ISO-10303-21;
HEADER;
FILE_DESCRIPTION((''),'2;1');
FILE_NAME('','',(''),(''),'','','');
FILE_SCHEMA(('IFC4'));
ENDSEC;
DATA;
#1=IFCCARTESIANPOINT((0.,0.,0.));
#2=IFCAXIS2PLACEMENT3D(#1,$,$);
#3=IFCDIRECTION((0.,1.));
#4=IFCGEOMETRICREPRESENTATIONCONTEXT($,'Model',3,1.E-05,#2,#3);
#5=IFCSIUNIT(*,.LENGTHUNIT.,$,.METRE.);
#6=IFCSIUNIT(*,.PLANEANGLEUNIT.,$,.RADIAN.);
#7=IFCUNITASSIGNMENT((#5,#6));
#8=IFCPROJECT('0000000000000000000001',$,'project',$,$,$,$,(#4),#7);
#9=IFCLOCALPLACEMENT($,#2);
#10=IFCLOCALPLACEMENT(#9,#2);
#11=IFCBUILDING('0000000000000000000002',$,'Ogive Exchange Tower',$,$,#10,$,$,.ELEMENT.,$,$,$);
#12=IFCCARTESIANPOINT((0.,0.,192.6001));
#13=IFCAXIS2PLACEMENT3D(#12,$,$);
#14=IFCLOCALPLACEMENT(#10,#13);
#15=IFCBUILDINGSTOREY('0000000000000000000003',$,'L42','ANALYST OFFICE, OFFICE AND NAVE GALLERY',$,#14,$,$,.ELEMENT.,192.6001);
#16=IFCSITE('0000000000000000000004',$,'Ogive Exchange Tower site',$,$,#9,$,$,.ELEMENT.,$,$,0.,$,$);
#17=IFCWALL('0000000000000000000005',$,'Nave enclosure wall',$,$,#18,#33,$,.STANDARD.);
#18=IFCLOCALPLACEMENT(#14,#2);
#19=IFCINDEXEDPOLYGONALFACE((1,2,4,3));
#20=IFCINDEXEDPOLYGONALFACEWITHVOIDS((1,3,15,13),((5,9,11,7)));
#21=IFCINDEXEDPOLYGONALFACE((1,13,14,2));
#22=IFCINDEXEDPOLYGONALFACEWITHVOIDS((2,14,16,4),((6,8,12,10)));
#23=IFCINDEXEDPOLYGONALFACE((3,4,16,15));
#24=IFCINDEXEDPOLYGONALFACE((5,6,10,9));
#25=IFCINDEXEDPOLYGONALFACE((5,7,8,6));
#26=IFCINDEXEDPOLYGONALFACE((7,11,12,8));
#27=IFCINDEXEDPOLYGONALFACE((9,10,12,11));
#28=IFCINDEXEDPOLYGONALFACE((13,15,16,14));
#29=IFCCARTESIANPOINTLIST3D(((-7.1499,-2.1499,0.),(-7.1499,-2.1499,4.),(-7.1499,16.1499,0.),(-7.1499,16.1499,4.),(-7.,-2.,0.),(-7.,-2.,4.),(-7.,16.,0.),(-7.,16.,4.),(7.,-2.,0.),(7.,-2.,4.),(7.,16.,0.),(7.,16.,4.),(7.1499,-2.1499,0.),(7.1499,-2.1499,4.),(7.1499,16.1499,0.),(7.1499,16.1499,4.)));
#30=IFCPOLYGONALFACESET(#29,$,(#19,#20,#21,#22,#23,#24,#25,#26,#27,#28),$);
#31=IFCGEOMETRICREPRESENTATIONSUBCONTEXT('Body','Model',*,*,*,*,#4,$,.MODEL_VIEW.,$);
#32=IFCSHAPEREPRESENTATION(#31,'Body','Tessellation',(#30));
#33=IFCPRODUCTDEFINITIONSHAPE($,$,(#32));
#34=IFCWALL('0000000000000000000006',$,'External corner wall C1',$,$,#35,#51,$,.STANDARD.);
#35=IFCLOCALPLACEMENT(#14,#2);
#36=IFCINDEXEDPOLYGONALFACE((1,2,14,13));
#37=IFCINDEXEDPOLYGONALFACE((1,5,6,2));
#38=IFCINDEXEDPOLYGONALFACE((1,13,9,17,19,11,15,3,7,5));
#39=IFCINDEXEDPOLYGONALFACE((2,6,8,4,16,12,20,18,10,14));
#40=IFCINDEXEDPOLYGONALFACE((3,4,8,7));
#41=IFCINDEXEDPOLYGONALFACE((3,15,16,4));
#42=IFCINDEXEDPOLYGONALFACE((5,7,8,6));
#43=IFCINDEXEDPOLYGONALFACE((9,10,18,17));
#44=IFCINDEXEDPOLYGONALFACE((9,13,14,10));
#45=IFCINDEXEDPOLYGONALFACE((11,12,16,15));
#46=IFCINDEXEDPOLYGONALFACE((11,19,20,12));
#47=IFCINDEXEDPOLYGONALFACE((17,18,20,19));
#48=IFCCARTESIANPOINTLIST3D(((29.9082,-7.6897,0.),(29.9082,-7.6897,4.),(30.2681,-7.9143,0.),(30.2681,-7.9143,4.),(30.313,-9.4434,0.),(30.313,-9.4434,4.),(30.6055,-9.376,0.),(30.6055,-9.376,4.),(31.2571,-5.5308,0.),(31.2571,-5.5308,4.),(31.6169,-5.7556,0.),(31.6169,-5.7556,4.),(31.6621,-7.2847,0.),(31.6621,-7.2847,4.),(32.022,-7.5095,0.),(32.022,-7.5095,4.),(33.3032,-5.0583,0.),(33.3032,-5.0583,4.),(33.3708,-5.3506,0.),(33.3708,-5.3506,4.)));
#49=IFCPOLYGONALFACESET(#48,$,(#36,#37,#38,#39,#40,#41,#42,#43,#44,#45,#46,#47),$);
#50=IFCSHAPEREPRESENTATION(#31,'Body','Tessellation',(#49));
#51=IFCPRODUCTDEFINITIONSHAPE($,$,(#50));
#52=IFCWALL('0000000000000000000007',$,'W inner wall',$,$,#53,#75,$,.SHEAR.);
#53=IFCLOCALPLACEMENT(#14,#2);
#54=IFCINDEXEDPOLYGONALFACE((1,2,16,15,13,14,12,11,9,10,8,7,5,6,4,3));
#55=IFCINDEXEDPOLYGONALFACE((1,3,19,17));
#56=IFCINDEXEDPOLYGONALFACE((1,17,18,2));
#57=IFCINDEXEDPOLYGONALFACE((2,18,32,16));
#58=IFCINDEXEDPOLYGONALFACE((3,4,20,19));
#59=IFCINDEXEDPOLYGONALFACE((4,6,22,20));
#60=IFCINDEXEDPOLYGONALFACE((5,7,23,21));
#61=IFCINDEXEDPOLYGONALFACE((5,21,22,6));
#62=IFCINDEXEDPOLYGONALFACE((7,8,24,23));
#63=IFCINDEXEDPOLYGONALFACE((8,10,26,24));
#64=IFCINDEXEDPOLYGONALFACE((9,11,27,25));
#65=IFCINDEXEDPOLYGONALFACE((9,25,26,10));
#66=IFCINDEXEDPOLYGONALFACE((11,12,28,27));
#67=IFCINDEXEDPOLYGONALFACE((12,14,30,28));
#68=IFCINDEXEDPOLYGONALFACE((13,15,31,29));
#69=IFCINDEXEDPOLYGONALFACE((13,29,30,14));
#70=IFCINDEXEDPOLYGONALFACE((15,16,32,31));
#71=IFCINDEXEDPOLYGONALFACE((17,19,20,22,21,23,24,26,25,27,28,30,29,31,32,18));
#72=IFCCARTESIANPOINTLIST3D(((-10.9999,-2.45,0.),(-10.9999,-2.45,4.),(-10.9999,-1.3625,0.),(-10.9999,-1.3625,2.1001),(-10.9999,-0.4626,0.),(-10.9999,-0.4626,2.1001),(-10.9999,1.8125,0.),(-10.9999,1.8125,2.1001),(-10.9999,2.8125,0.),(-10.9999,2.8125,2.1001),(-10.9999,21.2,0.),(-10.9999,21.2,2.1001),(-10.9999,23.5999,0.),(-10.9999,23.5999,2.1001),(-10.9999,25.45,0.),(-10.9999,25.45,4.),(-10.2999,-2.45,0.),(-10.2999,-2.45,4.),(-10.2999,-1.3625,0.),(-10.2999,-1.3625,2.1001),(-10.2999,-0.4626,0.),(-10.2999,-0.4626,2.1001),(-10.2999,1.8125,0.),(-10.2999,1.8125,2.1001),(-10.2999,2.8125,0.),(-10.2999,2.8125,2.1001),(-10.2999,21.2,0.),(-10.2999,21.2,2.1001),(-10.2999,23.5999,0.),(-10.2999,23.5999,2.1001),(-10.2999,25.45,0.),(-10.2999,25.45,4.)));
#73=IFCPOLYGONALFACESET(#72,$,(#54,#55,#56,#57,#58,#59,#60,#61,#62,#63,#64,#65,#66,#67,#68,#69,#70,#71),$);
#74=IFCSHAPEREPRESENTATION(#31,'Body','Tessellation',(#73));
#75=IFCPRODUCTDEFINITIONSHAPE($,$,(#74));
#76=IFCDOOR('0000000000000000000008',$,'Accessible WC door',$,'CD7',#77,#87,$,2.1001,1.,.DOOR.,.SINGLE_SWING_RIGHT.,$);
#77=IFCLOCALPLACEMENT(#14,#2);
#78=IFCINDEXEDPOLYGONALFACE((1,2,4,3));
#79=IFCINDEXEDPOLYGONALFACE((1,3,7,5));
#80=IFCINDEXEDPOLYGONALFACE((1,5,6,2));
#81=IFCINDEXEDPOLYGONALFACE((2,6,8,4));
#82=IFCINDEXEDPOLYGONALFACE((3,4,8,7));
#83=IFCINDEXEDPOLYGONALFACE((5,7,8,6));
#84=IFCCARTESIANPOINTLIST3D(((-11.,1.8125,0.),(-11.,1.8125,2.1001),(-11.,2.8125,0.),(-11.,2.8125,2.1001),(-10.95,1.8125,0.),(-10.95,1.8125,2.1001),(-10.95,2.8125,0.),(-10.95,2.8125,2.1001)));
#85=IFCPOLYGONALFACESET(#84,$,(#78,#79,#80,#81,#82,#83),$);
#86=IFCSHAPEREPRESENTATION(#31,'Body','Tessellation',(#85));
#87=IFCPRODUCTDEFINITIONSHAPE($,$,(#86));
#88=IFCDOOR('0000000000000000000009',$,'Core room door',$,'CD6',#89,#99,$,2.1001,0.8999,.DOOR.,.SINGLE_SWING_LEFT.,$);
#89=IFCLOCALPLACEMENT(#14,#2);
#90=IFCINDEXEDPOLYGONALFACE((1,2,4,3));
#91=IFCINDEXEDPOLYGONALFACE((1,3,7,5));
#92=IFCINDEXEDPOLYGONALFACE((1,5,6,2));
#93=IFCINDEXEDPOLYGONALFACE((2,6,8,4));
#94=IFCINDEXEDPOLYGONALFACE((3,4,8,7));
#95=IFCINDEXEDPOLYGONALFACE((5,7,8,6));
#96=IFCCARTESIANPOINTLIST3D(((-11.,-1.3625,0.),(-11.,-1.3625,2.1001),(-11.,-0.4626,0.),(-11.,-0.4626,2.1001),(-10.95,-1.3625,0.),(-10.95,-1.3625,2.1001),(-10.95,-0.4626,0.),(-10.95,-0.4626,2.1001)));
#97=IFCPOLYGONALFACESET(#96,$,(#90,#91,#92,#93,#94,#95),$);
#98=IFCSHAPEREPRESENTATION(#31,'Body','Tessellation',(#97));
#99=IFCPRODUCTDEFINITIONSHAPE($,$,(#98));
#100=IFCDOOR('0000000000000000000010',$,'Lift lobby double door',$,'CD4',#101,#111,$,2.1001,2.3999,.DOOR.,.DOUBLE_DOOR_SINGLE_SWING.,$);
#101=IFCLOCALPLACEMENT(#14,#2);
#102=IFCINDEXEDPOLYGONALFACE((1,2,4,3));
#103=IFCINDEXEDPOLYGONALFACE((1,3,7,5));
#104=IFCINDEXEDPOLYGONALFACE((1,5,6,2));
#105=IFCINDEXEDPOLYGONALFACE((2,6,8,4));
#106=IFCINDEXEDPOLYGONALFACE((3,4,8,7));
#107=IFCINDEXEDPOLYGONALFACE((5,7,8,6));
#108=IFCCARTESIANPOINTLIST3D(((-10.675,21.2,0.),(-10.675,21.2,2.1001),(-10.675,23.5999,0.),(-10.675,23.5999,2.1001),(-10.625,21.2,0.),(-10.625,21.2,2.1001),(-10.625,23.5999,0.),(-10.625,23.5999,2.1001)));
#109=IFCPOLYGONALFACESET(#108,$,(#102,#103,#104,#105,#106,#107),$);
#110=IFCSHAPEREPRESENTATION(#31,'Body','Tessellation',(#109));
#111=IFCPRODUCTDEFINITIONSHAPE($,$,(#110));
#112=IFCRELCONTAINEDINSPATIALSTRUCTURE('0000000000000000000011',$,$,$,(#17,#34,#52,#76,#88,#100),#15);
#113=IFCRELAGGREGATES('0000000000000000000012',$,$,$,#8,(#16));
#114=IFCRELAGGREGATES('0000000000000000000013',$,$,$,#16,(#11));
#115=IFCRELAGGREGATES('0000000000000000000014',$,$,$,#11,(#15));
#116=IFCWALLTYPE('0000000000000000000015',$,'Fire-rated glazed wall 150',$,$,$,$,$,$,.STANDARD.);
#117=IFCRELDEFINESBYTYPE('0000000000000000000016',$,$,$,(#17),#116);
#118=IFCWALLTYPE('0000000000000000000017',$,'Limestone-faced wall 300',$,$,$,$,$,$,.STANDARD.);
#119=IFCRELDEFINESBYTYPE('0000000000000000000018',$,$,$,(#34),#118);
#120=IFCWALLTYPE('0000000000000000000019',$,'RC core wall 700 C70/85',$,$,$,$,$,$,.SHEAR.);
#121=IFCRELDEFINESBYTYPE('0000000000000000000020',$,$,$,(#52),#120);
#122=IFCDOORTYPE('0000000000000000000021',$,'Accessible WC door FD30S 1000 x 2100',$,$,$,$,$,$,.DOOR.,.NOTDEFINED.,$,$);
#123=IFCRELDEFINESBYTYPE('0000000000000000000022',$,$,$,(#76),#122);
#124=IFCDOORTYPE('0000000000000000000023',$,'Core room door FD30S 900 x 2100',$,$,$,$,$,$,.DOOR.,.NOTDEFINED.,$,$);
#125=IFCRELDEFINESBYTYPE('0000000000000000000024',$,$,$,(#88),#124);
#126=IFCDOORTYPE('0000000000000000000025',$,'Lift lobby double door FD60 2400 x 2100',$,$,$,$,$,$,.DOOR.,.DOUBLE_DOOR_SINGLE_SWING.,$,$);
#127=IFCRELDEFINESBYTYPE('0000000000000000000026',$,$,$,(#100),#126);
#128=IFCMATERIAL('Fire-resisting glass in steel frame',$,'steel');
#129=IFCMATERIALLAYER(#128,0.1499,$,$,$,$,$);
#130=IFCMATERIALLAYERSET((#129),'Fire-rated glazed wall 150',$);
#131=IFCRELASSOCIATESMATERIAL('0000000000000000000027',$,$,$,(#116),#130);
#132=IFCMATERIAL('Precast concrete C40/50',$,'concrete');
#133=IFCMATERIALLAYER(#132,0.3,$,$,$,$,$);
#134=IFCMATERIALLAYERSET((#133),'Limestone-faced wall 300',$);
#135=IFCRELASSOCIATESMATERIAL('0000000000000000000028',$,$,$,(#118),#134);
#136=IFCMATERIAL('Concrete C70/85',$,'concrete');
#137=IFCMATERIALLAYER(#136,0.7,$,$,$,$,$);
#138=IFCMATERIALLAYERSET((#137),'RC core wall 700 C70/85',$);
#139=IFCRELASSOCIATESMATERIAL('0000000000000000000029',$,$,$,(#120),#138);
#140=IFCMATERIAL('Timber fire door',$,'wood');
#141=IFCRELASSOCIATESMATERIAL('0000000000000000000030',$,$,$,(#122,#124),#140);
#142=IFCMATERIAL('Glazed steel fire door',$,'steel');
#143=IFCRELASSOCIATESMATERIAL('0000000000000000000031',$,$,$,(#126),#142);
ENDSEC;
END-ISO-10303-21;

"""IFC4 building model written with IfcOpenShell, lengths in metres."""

from ifc_helpers import new_model, si_unit, direction, frame, frame_2d, origin, place, context, subcontext, project, spatial, polyline, rectangle, outline, extrude, material, layer, layer_set, type_object, element, fill, save


model = new_model("IFC4")

# Units and contexts
model_context = context("Model", 3, precision=1e-05, world=origin(), true_north=direction((0.0, 1.0)))
body_context = subcontext(model_context, "Body", "Model", "MODEL_VIEW")
ifc_project = project(units=[si_unit("LENGTHUNIT", "METRE"), si_unit("PLANEANGLEUNIT", "RADIAN")], contexts=[model_context])

# Site, building, storey
site_placement = place(None, origin())
site = spatial("IfcSite", under=ifc_project, at=site_placement, Name="Ogive Exchange Tower site", CompositionType="ELEMENT", RefElevation=0.0)
building_placement = place(site_placement, origin())
building = spatial("IfcBuilding", under=site, at=building_placement, Name="Ogive Exchange Tower", CompositionType="ELEMENT")
storey_placement = place(building_placement, frame((0.0, 0.0, 192.6001)))
storey = spatial("IfcBuildingStorey", under=building, at=storey_placement, Name="L42", Description="ANALYST OFFICE, OFFICE AND NAVE GALLERY", CompositionType="ELEMENT", Elevation=192.6001)

# Walls
ifc_material_1 = material(Name="Fire-resisting glass in steel frame", Category="steel")
ifc_layer_1 = layer(ifc_material_1, 0.1499)
ifc_layer_set_1 = layer_set([ifc_layer_1], Name="Fire-rated glazed wall 150")
wall_type_1 = type_object("IfcWallType", Name="Fire-rated glazed wall 150", PredefinedType="STANDARD", material=ifc_layer_set_1)
wall_1_placement = place(storey_placement, origin())
element("IfcWall", 1, at=wall_1_placement, inside=storey, type_object=wall_type_1, Name="Nave enclosure wall", PredefinedType="STANDARD", context=body_context, shape_type="SweptSolid", body=[
    extrude(outline(polyline([(-7.1499, -2.1499), (7.1499, -2.1499), (7.1499, 16.1499), (-7.1499, 16.1499), (-7.1499, -2.1499)]), holes=[polyline([(-7.0, -2.0), (-7.0, 16.0), (7.0, 16.0), (7.0, -2.0), (-7.0, -2.0)])]), origin(), (0.0, 0.0, 1.0), 4.0),
])
ifc_material_2 = material(Name="Precast concrete C40/50", Category="concrete")
ifc_layer_2 = layer(ifc_material_2, 0.3)
ifc_layer_set_2 = layer_set([ifc_layer_2], Name="Limestone-faced wall 300")
wall_type_2 = type_object("IfcWallType", Name="Limestone-faced wall 300", PredefinedType="STANDARD", material=ifc_layer_set_2)
wall_2_placement = place(storey_placement, origin())
element("IfcWall", 2, at=wall_2_placement, inside=storey, type_object=wall_type_2, Name="External corner wall C1", PredefinedType="STANDARD", context=body_context, shape_type="SweptSolid", body=[
    extrude(outline(polyline([(31.6621, -7.2847), (31.2571, -5.5308), (33.3032, -5.0583), (33.3708, -5.3506), (31.6169, -5.7556), (32.022, -7.5095), (30.2681, -7.9143), (30.6055, -9.376), (30.313, -9.4434), (29.9082, -7.6897), (31.6621, -7.2847)])), origin(), (0.0, 0.0, 1.0), 4.0),
])

# Wall, openings, doors
ifc_material_3 = material(Name="Concrete C70/85", Category="concrete")
ifc_layer_3 = layer(ifc_material_3, 0.7)
ifc_layer_set_3 = layer_set([ifc_layer_3], Name="RC core wall 700 C70/85")
wall_type_3 = type_object("IfcWallType", Name="RC core wall 700 C70/85", PredefinedType="SHEAR", material=ifc_layer_set_3)
wall_3_placement = place(storey_placement, frame((-10.6499, -2.45, 0.0), z_axis=(0.0, 0.0, 1.0), x_axis=(0.0, 1.0, 0.0)))
wall_3 = element("IfcWall", 3, at=wall_3_placement, inside=storey, type_object=wall_type_3, Name="W inner wall", PredefinedType="SHEAR", context=body_context, shape_type="SweptSolid", body=[
    extrude(rectangle(XDim=27.8999, YDim=0.7, at=frame_2d((13.95, 0.0))), origin(), (0.0, 0.0, 1.0), 4.0),
])
opening_1_placement = place(wall_3_placement, frame((23.6499, 0.0, 0.0)))
opening_1 = element("IfcOpeningElement", 4, at=opening_1_placement, cuts=wall_3, PredefinedType="OPENING", context=body_context, shape_type="SweptSolid", body=[
    extrude(rectangle(XDim=2.3999, YDim=2.1001, at=frame_2d((1.2, 1.05))), frame((0.0, 0.3599, 0.0), z_axis=(0.0, -1.0, 0.0), x_axis=(1.0, 0.0, 0.0)), (0.0, 0.0, 1.0), 0.72),
])
opening_2_placement = place(wall_3_placement, frame((1.0874, 0.0, 0.0)))
opening_2 = element("IfcOpeningElement", 5, at=opening_2_placement, cuts=wall_3, PredefinedType="OPENING", context=body_context, shape_type="SweptSolid", body=[
    extrude(rectangle(XDim=0.8999, YDim=2.1001, at=frame_2d((0.45, 1.05))), frame((0.0, 0.3599, 0.0), z_axis=(0.0, -1.0, 0.0), x_axis=(1.0, 0.0, 0.0)), (0.0, 0.0, 1.0), 0.72),
])
opening_3_placement = place(wall_3_placement, frame((4.2625, 0.0, 0.0)))
opening_3 = element("IfcOpeningElement", 6, at=opening_3_placement, cuts=wall_3, PredefinedType="OPENING", context=body_context, shape_type="SweptSolid", body=[
    extrude(rectangle(XDim=1.0, YDim=2.1001, at=frame_2d((0.5, 1.05))), frame((0.0, 0.3599, 0.0), z_axis=(0.0, -1.0, 0.0), x_axis=(1.0, 0.0, 0.0)), (0.0, 0.0, 1.0), 0.72),
])
ifc_material_4 = material(Name="Timber fire door", Category="wood")
door_type_1 = type_object("IfcDoorType", Name="Accessible WC door FD30S 1000 x 2100", OperationType="NOTDEFINED", PredefinedType="DOOR", material=ifc_material_4)
door_1_placement = place(opening_3_placement, origin())
door_1 = element("IfcDoor", 7, at=door_1_placement, inside=storey, type_object=door_type_1, Name="Accessible WC door", ObjectType="CD7", OperationType="SINGLE_SWING_RIGHT", OverallHeight=2.1001, OverallWidth=1.0, PredefinedType="DOOR", context=body_context, shape_type="SweptSolid", body=[
    extrude(rectangle(XDim=1.0, YDim=2.1001, at=frame_2d((0.5, 1.05))), frame((0.0, 0.3501, 0.0), z_axis=(0.0, -1.0, 0.0), x_axis=(1.0, 0.0, 0.0)), (0.0, 0.0, 1.0), 0.05),
])
fill(opening_3, door_1)
door_type_2 = type_object("IfcDoorType", Name="Core room door FD30S 900 x 2100", OperationType="NOTDEFINED", PredefinedType="DOOR", material=ifc_material_4)
door_2_placement = place(opening_2_placement, origin())
door_2 = element("IfcDoor", 8, at=door_2_placement, inside=storey, type_object=door_type_2, Name="Core room door", ObjectType="CD6", OperationType="SINGLE_SWING_LEFT", OverallHeight=2.1001, OverallWidth=0.8999, PredefinedType="DOOR", context=body_context, shape_type="SweptSolid", body=[
    extrude(rectangle(XDim=0.8999, YDim=2.1001, at=frame_2d((0.45, 1.05))), frame((0.0, 0.3501, 0.0), z_axis=(0.0, -1.0, 0.0), x_axis=(1.0, 0.0, 0.0)), (0.0, 0.0, 1.0), 0.05),
])
fill(opening_2, door_2)
ifc_material_5 = material(Name="Glazed steel fire door", Category="steel")
door_type_3 = type_object("IfcDoorType", Name="Lift lobby double door FD60 2400 x 2100", OperationType="DOUBLE_DOOR_SINGLE_SWING", PredefinedType="DOOR", material=ifc_material_5)
door_3_placement = place(opening_1_placement, frame((2.3999, 0.0, 0.0), z_axis=(0.0, 0.0, 1.0), x_axis=(-1.0, 0.0, 0.0)))
door_3 = element("IfcDoor", 9, at=door_3_placement, inside=storey, type_object=door_type_3, Name="Lift lobby double door", ObjectType="CD4", OperationType="DOUBLE_DOOR_SINGLE_SWING", OverallHeight=2.1001, OverallWidth=2.3999, PredefinedType="DOOR", context=body_context, shape_type="SweptSolid", body=[
    extrude(rectangle(XDim=2.3999, YDim=2.1001, at=frame_2d((1.2, 1.05))), frame((0.0, 0.0249, 0.0), z_axis=(0.0, -1.0, 0.0), x_axis=(1.0, 0.0, 0.0)), (0.0, 0.0, 1.0), 0.05),
])
fill(opening_1, door_3)

save(model, "model.ifc")
